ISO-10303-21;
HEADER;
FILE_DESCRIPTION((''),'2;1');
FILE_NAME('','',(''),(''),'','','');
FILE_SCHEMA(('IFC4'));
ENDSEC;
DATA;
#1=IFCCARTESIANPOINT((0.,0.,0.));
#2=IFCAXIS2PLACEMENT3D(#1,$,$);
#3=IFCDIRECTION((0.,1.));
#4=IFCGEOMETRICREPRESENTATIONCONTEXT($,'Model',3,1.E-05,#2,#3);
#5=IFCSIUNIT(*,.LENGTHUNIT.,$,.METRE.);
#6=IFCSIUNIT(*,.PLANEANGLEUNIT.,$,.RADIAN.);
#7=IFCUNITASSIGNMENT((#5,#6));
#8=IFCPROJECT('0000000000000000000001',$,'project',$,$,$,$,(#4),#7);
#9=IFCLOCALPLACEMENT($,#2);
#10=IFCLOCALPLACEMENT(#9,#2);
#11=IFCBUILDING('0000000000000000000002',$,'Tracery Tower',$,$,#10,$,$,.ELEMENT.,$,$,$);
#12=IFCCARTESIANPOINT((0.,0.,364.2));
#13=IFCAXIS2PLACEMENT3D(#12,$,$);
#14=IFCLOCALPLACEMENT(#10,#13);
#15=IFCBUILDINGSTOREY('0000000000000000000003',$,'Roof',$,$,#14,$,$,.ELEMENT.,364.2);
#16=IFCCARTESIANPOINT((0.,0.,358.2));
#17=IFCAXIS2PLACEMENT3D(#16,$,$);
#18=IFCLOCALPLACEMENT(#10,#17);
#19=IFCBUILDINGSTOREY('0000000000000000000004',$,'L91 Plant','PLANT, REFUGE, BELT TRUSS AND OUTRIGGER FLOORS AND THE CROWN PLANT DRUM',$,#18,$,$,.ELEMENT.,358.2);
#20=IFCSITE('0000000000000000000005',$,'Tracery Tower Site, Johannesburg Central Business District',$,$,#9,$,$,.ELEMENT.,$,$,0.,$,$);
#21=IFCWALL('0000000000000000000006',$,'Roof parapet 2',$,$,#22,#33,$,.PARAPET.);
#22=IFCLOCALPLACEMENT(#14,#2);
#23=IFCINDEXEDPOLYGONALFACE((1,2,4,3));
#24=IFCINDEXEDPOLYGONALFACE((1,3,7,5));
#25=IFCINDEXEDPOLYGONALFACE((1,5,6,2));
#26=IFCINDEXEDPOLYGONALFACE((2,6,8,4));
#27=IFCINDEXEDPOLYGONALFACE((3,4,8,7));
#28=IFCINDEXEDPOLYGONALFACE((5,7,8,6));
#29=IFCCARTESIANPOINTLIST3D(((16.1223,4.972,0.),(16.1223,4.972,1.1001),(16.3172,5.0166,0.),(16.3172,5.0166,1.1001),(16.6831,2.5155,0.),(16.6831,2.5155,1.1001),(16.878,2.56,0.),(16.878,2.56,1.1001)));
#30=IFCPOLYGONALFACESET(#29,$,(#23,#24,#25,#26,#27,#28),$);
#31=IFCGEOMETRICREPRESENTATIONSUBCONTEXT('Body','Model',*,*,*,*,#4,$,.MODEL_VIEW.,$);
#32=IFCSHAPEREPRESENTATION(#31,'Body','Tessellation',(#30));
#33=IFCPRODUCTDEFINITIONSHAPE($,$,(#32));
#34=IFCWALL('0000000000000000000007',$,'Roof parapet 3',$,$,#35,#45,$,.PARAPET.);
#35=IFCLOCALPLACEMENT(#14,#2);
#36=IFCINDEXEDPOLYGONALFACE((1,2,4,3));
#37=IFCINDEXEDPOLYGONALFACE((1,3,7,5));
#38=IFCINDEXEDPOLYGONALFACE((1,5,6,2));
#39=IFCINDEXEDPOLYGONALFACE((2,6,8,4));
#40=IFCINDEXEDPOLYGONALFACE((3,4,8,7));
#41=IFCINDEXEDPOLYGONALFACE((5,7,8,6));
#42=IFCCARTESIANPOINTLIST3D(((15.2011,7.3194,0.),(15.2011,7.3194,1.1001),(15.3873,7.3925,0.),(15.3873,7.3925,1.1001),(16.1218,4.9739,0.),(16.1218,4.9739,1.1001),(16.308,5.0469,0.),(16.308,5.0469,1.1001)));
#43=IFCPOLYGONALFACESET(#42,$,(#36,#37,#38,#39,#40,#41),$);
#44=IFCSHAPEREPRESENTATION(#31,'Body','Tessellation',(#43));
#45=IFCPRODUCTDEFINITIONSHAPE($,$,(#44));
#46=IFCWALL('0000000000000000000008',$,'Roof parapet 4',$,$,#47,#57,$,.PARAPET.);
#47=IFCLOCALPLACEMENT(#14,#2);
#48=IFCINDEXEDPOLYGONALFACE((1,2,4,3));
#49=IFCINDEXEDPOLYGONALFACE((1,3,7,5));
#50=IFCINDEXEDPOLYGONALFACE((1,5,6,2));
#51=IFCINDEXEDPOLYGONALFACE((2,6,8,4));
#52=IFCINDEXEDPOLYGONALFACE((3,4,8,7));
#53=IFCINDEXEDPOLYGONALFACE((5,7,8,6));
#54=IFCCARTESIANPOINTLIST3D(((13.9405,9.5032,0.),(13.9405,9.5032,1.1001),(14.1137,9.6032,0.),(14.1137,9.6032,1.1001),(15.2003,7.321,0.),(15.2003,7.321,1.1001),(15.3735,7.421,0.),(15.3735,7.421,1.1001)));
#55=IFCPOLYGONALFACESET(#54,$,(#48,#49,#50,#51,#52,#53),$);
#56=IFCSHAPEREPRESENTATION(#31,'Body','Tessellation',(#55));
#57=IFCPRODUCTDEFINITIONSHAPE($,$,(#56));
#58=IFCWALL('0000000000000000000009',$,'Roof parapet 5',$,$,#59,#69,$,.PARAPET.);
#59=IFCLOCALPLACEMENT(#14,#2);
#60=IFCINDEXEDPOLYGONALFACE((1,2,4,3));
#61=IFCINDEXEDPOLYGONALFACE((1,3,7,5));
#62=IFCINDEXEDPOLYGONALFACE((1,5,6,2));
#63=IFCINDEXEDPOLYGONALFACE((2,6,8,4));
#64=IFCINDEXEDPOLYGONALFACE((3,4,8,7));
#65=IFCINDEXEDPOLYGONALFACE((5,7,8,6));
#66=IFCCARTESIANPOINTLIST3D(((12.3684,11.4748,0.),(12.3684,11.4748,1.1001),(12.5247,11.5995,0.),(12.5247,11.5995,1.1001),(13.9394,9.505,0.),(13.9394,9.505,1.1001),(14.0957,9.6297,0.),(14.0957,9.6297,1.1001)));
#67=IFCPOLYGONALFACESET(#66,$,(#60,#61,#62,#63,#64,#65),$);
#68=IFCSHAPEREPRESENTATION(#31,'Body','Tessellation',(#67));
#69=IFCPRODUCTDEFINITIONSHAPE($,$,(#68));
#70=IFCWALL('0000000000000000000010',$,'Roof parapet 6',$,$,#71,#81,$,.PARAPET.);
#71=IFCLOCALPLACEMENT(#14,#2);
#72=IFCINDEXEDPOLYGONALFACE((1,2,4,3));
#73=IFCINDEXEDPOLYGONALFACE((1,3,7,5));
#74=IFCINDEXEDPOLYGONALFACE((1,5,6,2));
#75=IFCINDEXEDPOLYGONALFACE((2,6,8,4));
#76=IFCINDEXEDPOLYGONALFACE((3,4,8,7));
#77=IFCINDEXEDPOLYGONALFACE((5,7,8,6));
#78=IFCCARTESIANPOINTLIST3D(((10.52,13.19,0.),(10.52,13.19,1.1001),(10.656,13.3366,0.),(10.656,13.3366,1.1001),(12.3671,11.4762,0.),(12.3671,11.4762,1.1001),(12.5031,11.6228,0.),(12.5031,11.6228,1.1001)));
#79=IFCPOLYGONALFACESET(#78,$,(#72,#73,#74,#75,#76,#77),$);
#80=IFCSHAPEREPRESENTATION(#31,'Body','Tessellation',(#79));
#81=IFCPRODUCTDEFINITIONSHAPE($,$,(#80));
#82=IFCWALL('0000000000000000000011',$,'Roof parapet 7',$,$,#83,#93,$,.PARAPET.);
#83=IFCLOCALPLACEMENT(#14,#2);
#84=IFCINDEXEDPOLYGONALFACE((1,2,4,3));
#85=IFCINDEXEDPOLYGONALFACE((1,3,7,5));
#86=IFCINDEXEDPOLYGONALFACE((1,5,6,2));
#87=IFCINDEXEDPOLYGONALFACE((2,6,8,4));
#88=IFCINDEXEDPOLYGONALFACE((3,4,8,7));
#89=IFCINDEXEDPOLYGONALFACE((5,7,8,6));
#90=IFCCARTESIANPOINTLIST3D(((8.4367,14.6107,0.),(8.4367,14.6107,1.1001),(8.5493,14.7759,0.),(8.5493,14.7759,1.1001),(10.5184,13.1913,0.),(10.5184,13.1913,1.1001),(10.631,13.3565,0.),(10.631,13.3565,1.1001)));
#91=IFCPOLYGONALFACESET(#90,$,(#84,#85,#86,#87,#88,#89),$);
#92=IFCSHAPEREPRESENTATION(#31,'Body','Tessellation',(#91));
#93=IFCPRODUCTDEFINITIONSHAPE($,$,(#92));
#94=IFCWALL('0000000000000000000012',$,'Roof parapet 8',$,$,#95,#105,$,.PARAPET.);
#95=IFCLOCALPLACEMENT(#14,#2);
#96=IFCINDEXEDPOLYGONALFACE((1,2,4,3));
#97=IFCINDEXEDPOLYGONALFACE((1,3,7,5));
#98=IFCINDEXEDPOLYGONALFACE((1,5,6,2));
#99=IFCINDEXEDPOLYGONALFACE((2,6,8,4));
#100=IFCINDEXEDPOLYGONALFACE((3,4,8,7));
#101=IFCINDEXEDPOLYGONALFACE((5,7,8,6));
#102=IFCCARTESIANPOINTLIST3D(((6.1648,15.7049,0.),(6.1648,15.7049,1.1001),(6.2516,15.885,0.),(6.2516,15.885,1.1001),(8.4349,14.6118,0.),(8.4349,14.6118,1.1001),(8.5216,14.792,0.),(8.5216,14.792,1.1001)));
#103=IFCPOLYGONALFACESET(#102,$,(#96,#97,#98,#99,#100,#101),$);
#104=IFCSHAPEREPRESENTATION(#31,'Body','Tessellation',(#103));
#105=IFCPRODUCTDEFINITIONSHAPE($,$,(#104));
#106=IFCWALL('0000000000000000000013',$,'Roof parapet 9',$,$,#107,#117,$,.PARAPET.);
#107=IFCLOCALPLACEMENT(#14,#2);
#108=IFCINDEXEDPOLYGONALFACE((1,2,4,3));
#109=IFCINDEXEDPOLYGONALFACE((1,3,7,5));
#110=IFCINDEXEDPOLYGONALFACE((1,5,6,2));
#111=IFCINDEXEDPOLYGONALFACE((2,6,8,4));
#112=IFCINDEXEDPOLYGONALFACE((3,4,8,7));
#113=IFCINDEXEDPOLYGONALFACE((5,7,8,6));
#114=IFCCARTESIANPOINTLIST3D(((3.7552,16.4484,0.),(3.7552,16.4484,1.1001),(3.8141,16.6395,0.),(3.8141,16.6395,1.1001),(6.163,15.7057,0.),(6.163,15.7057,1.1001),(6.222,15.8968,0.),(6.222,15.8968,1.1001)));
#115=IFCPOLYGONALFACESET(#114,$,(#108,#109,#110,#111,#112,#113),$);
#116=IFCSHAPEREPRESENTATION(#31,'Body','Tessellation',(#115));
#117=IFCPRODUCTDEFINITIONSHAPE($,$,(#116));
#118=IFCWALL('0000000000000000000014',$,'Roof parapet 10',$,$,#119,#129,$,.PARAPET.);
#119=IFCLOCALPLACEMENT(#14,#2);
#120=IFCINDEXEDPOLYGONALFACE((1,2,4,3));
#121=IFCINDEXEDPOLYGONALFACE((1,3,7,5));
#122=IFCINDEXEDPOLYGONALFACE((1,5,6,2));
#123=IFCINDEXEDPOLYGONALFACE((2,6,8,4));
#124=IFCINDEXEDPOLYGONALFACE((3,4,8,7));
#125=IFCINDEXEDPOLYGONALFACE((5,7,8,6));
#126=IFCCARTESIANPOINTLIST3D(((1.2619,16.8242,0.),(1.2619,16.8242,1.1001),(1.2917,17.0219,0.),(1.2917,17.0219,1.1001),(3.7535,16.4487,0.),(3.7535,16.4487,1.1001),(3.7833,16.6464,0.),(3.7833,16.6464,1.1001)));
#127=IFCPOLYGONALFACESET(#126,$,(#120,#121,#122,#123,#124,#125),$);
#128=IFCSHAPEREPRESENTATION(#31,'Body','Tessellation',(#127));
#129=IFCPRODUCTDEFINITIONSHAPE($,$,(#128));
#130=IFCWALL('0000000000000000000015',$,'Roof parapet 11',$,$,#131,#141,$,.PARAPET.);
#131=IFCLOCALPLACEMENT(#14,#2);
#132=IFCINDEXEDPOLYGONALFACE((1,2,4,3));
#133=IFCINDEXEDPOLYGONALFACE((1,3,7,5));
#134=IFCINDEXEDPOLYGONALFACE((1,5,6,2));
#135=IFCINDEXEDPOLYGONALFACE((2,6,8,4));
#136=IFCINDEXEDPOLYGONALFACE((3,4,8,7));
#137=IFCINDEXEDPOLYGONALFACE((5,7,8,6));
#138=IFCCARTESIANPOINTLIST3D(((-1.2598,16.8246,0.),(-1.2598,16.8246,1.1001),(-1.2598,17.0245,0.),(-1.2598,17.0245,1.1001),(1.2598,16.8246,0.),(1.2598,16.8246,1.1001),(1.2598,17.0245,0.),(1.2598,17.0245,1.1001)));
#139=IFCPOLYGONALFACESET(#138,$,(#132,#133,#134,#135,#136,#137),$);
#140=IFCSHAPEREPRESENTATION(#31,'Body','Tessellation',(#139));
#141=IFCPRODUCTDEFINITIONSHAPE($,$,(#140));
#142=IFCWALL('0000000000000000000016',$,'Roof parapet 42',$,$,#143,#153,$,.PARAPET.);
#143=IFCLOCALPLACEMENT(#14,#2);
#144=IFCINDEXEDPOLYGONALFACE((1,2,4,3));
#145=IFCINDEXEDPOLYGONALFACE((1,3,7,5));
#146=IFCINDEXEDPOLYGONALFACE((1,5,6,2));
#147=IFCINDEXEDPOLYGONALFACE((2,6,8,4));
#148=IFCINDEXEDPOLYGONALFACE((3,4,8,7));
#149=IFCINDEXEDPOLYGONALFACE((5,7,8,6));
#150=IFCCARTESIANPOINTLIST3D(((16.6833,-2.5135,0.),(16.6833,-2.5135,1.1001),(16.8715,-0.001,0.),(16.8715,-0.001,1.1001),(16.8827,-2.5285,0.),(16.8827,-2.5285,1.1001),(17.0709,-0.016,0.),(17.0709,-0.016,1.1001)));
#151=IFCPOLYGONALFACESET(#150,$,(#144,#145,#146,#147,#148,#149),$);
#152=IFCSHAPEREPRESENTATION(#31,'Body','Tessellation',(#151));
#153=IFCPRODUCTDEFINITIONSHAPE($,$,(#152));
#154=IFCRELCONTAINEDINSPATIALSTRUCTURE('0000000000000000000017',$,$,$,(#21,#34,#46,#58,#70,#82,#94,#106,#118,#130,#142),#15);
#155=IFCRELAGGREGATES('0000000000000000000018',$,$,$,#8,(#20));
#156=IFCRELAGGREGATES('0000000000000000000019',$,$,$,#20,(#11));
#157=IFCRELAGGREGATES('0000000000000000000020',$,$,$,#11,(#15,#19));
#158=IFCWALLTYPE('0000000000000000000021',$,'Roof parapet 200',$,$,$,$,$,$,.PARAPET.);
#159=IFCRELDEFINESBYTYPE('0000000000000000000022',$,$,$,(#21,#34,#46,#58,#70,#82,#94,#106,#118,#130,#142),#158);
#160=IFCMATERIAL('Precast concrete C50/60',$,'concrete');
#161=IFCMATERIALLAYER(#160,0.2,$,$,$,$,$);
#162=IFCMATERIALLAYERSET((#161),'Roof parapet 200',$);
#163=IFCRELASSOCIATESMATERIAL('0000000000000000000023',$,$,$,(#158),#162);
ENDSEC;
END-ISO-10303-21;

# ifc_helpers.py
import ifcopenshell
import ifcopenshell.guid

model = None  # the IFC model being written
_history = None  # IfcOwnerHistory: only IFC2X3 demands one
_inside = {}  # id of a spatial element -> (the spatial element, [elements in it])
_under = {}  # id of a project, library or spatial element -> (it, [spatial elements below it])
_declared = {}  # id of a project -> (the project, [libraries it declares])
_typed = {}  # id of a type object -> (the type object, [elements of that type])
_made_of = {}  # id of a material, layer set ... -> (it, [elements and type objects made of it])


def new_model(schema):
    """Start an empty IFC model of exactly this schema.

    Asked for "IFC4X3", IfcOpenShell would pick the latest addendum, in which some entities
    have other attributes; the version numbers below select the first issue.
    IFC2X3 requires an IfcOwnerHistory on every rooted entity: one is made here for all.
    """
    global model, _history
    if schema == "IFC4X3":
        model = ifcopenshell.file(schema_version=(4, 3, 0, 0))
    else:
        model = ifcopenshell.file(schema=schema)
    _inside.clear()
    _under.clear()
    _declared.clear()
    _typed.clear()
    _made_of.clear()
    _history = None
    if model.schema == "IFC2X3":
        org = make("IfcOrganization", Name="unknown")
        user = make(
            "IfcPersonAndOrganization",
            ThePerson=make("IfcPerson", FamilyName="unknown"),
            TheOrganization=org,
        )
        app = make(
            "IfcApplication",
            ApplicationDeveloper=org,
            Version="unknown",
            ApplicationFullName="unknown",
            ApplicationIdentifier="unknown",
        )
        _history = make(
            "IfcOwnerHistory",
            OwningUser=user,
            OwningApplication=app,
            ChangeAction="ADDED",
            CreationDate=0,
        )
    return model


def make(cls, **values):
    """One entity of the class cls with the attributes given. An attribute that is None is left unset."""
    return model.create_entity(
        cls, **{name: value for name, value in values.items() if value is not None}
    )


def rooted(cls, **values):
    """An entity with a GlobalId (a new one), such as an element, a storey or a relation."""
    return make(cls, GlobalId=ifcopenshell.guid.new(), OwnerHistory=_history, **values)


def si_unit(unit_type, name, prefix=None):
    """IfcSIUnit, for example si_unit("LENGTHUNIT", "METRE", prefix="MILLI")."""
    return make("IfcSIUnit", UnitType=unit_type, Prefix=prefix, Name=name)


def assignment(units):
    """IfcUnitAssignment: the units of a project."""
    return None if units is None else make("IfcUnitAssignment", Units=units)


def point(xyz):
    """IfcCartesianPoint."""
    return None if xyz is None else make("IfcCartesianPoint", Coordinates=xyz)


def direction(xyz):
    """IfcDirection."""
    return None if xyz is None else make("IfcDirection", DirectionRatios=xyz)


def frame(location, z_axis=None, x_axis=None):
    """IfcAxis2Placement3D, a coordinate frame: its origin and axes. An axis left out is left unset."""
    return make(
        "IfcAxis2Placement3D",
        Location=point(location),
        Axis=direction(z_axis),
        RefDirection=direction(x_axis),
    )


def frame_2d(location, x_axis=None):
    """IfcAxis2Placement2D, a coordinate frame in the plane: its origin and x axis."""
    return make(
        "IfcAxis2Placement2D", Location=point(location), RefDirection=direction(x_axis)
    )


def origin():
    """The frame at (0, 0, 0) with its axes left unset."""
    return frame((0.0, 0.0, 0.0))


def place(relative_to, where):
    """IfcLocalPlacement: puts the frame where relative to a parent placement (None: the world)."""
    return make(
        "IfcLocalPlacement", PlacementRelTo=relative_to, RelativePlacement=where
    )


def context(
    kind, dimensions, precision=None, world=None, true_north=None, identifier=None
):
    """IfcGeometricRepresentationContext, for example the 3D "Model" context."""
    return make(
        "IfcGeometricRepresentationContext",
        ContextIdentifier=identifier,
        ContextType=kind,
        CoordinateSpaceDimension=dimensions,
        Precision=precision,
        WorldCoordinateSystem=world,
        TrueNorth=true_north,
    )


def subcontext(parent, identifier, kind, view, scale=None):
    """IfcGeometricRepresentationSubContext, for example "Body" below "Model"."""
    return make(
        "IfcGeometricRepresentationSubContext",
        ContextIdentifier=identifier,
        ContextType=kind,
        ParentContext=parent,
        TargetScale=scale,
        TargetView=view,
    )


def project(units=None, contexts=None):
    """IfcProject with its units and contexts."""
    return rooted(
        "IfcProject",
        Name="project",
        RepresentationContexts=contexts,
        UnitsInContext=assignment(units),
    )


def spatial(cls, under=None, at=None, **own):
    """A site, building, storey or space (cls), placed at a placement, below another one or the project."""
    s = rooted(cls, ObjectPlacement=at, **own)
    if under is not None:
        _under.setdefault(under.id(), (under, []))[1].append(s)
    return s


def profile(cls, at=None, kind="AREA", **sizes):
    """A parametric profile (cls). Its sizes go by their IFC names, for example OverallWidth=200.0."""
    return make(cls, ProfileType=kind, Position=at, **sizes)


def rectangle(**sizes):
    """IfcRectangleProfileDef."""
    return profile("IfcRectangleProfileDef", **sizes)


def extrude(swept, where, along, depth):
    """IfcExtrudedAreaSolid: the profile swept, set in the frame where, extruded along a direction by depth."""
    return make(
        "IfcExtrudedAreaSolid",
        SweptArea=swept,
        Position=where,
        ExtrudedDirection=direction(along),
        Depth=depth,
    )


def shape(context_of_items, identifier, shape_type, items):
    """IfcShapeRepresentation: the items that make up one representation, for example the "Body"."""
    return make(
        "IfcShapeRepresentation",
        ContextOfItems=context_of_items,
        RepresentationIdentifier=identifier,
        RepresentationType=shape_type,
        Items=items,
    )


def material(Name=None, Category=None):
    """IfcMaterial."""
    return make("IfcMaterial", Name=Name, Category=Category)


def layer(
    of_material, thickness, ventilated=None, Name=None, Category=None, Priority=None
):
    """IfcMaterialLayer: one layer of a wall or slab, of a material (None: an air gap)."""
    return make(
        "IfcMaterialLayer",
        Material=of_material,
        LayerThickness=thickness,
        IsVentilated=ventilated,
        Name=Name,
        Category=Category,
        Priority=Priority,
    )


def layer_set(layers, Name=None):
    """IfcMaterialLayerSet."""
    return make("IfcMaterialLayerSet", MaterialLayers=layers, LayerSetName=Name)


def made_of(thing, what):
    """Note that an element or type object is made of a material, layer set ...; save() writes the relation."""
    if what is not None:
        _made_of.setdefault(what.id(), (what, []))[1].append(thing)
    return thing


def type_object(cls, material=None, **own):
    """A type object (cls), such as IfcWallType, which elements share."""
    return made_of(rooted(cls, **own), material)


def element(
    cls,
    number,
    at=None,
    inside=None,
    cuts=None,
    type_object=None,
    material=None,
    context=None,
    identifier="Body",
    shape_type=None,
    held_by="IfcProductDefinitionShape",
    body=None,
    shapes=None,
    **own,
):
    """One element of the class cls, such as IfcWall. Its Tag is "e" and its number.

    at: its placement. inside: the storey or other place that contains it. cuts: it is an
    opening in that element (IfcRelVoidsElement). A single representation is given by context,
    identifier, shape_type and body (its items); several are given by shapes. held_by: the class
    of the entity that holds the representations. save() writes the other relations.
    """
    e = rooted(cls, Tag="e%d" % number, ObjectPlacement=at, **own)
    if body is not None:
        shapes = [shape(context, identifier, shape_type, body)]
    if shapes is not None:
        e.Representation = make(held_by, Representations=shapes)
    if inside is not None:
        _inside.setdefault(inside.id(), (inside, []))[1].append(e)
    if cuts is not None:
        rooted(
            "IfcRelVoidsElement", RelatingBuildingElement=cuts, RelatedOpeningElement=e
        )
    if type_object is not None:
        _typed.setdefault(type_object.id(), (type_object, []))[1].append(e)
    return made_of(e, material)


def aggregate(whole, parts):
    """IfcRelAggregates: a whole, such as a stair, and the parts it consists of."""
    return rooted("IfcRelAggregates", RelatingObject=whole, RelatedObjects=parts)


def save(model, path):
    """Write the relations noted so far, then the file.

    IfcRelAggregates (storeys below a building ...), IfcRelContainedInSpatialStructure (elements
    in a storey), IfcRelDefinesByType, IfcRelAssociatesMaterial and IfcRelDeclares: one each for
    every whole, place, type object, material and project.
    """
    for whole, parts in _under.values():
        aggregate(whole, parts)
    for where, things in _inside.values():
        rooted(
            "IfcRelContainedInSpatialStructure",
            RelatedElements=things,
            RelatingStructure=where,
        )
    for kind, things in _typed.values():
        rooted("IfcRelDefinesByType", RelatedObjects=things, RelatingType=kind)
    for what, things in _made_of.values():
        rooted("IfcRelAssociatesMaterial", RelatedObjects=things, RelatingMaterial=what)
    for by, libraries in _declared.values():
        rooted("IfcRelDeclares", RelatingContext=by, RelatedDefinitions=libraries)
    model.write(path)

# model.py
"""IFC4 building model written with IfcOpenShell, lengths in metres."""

from ifc_helpers import new_model, si_unit, direction, frame, frame_2d, origin, place, context, subcontext, project, spatial, rectangle, extrude, material, layer, layer_set, type_object, element, save


model = new_model("IFC4")

# Units and contexts
model_context = context("Model", 3, precision=1e-05, world=origin(), true_north=direction((0.0, 1.0)))
body_context = subcontext(model_context, "Body", "Model", "MODEL_VIEW")
ifc_project = project(units=[si_unit("LENGTHUNIT", "METRE"), si_unit("PLANEANGLEUNIT", "RADIAN")], contexts=[model_context])

# Site, building, storey
site_placement = place(None, origin())
site = spatial("IfcSite", under=ifc_project, at=site_placement, Name="Tracery Tower Site, Johannesburg Central Business District", CompositionType="ELEMENT", RefElevation=0.0)
building_placement = place(site_placement, origin())
building = spatial("IfcBuilding", under=site, at=building_placement, Name="Tracery Tower", CompositionType="ELEMENT")
storey_1_placement = place(building_placement, frame((0.0, 0.0, 364.2)))
storey_1 = spatial("IfcBuildingStorey", under=building, at=storey_1_placement, Name="Roof", CompositionType="ELEMENT", Elevation=364.2)

# Shared definitions
storey_2_placement = place(building_placement, frame((0.0, 0.0, 358.2)))
storey_2 = spatial("IfcBuildingStorey", under=building, at=storey_2_placement, Name="L91 Plant", Description="PLANT, REFUGE, BELT TRUSS AND OUTRIGGER FLOORS AND THE CROWN PLANT DRUM", CompositionType="ELEMENT", Elevation=358.2)

# Walls
ifc_material_1 = material(Name="Precast concrete C50/60", Category="concrete")
ifc_layer_1 = layer(ifc_material_1, 0.2)
ifc_layer_set_1 = layer_set([ifc_layer_1], Name="Roof parapet 200")
wall_type = type_object("IfcWallType", Name="Roof parapet 200", PredefinedType="PARAPET", material=ifc_layer_set_1)
for number, where, z_axis, x_axis, name in (
    (1, (16.7805, 2.5378, 0.0), (0.0, 0.0, 1.0), (-0.222559, 0.974919, 0.0), "Roof parapet 2"),
    (2, (16.2148, 5.0105, 0.0), (0.0, 0.0, 1.0), (-0.365386, 0.930856, 0.0), "Roof parapet 3"),
    (3, (15.2869, 7.3711, 0.0), (0.0, 0.0, 1.0), (-0.499974, 0.86604, 0.0), "Roof parapet 4"),
):
    element("IfcWall", number, at=place(storey_1_placement, frame(where, z_axis=z_axis, x_axis=x_axis)), inside=storey_1, type_object=wall_type, Name=name, PredefinedType="PARAPET", context=body_context, shape_type="SweptSolid", body=[
        extrude(rectangle(XDim=2.5198, YDim=0.2, at=frame_2d((1.2598, 0.0))), origin(), (0.0, 0.0, 1.0), 1.1001),
    ])
wall_1_placement = place(storey_1_placement, frame((14.0176, 9.5674, 0.0), z_axis=(0.0, 0.0, 1.0), x_axis=(-0.623548, 0.781785, 0.0)))
element("IfcWall", 4, at=wall_1_placement, inside=storey_1, type_object=wall_type, Name="Roof parapet 5", PredefinedType="PARAPET", context=body_context, shape_type="SweptSolid", body=[
    extrude(rectangle(XDim=2.5195, YDim=0.2, at=frame_2d((1.2598, 0.0))), origin(), (0.0, 0.0, 1.0), 1.1001),
])
wall_2_placement = place(storey_1_placement, frame((12.4351, 11.5496, 0.0), z_axis=(0.0, 0.0, 1.0), x_axis=(-0.733063, 0.680161, 0.0)))
element("IfcWall", 5, at=wall_2_placement, inside=storey_1, type_object=wall_type, Name="Roof parapet 6", PredefinedType="PARAPET", context=body_context, shape_type="SweptSolid", body=[
    extrude(rectangle(XDim=2.5198, YDim=0.2, at=frame_2d((1.2598, 0.0))), origin(), (0.0, 0.0, 1.0), 1.1001),
])
for number, where, z_axis, x_axis, name in (
    (6, (10.5747, 13.2739, 0.0), (0.0, 0.0, 1.0), (-0.826221, 0.563346, 0.0), "Roof parapet 7"),
    (7, (8.4783, 14.7019, 0.0), (0.0, 0.0, 1.0), (-0.900995, 0.43383, 0.0), "Roof parapet 8"),
):
    element("IfcWall", number, at=place(storey_1_placement, frame(where, z_axis=z_axis, x_axis=x_axis)), inside=storey_1, type_object=wall_type, Name=name, PredefinedType="PARAPET", context=body_context, shape_type="SweptSolid", body=[
        extrude(rectangle(XDim=2.5195, YDim=0.2, at=frame_2d((1.2598, 0.0))), origin(), (0.0, 0.0, 1.0), 1.1001),
    ])
for number, where, z_axis, x_axis, name in (
    (8, (6.1924, 15.8013, 0.0), (0.0, 0.0, 1.0), (-0.955573, 0.294753, 0.0), "Roof parapet 9"),
    (9, (3.7683, 16.5476, 0.0), (0.0, 0.0, 1.0), (-0.988835, 0.149013, 0.0), "Roof parapet 10"),
):
    element("IfcWall", number, at=place(storey_1_placement, frame(where, z_axis=z_axis, x_axis=x_axis)), inside=storey_1, type_object=wall_type, Name=name, PredefinedType="PARAPET", context=body_context, shape_type="SweptSolid", body=[
        extrude(rectangle(XDim=2.5198, YDim=0.2, at=frame_2d((1.2598, 0.0))), origin(), (0.0, 0.0, 1.0), 1.1001),
    ])
for number, where, z_axis, x_axis, name in (
    (10, (1.2598, 16.9246, 0.0), (0.0, 0.0, 1.0), (-1.0, 0.0, 0.0), "Roof parapet 11"),
    (11, (16.783, -2.521, 0.0), (0.0, 0.0, 1.0), (0.07471, 0.997205, 0.0), "Roof parapet 42"),
):
    element("IfcWall", number, at=place(storey_1_placement, frame(where, z_axis=z_axis, x_axis=x_axis)), inside=storey_1, type_object=wall_type, Name=name, PredefinedType="PARAPET", context=body_context, shape_type="SweptSolid", body=[
        extrude(rectangle(XDim=2.5195, YDim=0.2, at=frame_2d((1.2598, 0.0))), origin(), (0.0, 0.0, 1.0), 1.1001),
    ])

save(model, "model.ifc")
